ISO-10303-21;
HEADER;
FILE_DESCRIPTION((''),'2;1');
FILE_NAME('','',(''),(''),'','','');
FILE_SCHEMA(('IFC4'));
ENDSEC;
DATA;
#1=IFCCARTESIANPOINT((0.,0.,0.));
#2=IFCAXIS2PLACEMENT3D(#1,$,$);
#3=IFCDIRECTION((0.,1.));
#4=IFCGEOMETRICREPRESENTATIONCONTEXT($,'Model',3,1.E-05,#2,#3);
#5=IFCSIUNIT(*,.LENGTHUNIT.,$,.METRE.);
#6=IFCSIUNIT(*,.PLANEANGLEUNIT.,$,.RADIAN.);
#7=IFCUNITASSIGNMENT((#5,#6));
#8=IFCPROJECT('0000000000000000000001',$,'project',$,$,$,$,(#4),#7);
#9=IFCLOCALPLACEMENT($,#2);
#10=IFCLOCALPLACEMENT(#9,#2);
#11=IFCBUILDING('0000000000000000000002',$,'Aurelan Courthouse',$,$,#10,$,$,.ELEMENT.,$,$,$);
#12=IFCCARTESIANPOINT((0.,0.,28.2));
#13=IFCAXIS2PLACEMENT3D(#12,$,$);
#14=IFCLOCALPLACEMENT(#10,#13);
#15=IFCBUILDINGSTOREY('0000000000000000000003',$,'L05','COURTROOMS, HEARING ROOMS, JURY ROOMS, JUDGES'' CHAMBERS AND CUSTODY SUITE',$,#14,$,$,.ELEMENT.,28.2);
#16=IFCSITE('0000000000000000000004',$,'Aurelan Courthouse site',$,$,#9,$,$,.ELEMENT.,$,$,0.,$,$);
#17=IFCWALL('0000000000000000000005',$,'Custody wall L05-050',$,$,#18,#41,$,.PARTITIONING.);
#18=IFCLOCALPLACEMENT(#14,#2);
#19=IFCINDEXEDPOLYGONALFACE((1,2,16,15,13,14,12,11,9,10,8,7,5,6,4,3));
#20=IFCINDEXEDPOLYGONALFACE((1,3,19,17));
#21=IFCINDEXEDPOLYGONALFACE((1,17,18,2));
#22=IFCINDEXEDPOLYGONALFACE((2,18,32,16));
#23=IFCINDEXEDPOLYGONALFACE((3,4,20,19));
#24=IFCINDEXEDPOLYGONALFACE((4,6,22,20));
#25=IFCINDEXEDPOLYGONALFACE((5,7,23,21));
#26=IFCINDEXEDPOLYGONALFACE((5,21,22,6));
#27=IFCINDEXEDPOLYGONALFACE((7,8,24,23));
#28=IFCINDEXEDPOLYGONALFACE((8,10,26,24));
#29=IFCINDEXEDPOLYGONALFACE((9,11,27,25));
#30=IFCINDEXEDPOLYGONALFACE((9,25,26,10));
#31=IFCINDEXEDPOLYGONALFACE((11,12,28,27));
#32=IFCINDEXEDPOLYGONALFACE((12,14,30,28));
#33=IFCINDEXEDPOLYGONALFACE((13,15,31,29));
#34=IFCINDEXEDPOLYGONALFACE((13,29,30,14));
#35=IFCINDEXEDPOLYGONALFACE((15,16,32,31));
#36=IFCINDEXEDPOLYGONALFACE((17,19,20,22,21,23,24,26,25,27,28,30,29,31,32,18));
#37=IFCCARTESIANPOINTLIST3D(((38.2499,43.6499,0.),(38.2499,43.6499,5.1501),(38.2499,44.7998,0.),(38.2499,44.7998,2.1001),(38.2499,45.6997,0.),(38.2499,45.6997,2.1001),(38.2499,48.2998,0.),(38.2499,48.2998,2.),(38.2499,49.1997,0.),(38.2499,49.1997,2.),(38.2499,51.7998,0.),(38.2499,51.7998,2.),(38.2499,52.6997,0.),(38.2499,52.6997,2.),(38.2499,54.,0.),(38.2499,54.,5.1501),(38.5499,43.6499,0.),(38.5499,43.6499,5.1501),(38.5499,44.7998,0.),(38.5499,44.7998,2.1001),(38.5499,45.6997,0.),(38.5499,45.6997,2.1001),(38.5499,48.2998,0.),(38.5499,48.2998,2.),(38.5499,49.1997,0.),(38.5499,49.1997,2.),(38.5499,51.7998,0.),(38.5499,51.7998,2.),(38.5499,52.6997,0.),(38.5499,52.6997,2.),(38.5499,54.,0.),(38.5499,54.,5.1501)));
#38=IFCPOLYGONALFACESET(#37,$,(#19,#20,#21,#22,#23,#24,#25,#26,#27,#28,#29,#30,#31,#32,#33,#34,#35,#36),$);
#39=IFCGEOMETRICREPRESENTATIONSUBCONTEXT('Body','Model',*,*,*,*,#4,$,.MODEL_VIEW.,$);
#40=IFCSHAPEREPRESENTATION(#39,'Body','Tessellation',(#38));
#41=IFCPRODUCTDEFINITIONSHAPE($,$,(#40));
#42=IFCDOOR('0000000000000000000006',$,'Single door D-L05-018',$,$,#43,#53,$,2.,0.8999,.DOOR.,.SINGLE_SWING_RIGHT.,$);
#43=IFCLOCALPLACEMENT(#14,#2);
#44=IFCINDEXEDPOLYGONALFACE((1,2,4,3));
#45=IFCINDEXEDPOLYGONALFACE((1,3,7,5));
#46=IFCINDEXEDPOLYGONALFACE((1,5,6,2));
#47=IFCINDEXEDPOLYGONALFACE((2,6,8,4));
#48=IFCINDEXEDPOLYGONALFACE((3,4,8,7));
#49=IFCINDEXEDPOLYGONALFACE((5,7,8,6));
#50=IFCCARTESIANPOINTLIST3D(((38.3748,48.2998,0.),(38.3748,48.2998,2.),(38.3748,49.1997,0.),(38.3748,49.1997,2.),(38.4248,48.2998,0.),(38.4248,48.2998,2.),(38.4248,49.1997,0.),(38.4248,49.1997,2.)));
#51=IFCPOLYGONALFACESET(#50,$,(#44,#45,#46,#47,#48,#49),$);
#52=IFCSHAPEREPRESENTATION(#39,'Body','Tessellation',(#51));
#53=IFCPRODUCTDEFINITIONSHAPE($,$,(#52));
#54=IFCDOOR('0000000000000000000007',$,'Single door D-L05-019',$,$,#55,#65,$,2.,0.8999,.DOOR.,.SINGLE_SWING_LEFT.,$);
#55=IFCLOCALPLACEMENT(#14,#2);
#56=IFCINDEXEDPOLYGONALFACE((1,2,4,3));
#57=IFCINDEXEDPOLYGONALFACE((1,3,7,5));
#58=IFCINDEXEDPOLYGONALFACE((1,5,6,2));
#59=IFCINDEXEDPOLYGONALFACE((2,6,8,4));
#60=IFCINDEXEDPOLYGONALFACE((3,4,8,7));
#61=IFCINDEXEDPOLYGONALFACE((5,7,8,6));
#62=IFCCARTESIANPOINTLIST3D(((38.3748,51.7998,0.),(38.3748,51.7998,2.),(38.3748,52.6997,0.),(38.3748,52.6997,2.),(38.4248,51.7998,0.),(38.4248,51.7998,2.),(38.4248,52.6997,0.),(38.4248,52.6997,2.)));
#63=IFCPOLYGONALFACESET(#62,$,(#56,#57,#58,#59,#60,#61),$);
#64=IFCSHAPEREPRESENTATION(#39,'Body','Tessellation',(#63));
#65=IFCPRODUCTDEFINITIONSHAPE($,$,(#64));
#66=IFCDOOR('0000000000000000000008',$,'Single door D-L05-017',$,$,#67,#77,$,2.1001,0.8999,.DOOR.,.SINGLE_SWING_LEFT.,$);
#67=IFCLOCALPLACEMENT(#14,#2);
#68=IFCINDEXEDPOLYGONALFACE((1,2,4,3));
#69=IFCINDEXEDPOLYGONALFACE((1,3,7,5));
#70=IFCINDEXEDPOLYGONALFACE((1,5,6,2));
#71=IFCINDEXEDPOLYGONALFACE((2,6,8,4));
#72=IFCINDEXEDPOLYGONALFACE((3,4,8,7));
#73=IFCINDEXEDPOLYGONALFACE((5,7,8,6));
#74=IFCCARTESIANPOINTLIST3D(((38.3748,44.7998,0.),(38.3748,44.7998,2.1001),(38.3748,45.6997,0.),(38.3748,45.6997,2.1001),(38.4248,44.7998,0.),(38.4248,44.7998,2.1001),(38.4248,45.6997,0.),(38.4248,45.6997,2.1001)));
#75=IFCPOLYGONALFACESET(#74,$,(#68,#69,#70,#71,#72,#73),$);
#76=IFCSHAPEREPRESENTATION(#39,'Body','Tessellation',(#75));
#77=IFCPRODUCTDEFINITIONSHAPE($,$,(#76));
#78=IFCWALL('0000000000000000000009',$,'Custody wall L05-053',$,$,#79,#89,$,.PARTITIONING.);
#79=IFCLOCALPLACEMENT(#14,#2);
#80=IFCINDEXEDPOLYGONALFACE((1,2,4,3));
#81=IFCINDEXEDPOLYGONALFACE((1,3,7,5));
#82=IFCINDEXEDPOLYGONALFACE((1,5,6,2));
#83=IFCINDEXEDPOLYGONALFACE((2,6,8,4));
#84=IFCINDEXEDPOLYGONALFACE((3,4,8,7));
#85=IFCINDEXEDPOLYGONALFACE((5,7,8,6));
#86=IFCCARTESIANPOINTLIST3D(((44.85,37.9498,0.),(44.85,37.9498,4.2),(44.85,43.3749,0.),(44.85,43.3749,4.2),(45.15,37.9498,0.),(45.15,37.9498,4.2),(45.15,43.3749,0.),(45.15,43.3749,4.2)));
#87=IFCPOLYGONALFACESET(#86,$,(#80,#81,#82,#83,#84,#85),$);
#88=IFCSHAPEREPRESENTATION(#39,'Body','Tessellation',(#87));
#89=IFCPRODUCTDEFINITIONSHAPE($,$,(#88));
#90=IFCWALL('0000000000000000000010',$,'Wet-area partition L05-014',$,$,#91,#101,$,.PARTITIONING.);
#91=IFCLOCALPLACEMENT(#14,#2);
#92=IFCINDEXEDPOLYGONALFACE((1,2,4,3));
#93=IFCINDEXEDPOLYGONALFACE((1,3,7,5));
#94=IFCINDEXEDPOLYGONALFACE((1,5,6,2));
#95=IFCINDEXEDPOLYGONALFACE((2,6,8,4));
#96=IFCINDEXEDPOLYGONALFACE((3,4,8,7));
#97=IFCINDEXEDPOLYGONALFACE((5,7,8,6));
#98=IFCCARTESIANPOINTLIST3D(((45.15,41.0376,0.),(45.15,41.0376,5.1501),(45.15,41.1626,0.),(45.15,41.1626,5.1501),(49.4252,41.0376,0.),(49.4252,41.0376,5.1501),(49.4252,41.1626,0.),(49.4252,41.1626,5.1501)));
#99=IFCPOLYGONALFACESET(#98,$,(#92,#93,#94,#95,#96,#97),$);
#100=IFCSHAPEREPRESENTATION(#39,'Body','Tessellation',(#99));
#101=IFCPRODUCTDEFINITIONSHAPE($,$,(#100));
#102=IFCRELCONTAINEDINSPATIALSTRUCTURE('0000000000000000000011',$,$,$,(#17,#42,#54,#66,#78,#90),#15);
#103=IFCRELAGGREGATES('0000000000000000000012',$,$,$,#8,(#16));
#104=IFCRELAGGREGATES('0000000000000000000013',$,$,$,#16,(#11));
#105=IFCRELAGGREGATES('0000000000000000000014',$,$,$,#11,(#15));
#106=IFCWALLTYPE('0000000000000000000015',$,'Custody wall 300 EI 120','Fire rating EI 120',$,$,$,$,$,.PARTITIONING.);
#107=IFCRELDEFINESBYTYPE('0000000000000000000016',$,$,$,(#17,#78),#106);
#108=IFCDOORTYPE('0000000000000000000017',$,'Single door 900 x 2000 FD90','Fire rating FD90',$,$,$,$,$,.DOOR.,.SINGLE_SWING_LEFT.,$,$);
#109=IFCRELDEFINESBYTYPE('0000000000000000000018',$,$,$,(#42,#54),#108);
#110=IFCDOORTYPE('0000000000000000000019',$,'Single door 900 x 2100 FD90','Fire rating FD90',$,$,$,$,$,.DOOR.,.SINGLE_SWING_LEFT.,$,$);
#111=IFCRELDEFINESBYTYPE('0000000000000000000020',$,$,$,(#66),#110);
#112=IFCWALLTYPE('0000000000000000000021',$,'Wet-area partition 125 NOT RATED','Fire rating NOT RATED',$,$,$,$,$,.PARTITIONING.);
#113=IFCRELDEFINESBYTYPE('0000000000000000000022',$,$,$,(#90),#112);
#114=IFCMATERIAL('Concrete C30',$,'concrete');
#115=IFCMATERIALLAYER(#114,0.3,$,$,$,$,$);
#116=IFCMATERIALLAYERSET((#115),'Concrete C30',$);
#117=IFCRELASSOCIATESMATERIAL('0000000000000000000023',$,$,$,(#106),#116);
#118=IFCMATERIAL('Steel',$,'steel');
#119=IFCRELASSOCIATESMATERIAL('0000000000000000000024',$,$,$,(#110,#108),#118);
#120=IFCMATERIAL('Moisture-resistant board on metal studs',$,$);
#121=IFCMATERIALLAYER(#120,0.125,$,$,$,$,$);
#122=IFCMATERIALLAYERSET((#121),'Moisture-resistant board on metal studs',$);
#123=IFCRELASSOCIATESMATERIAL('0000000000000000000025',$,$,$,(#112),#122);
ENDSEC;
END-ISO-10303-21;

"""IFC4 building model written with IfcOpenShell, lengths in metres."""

from ifc_helpers import new_model, si_unit, direction, frame, frame_2d, origin, place, context, subcontext, project, spatial, rectangle, extrude, material, layer, layer_set, type_object, element, fill, save


model = new_model("IFC4")

# Units and contexts
model_context = context("Model", 3, precision=1e-05, world=origin(), true_north=direction((0.0, 1.0)))
body_context = subcontext(model_context, "Body", "Model", "MODEL_VIEW")
ifc_project = project(units=[si_unit("LENGTHUNIT", "METRE"), si_unit("PLANEANGLEUNIT", "RADIAN")], contexts=[model_context])

# Site, building, storey
site_placement = place(None, origin())
site = spatial("IfcSite", under=ifc_project, at=site_placement, Name="Aurelan Courthouse site", CompositionType="ELEMENT", RefElevation=0.0)
building_placement = place(site_placement, origin())
building = spatial("IfcBuilding", under=site, at=building_placement, Name="Aurelan Courthouse", CompositionType="ELEMENT")
storey_placement = place(building_placement, frame((0.0, 0.0, 28.2)))
storey = spatial("IfcBuildingStorey", under=building, at=storey_placement, Name="L05", Description="COURTROOMS, HEARING ROOMS, JURY ROOMS, JUDGES' CHAMBERS AND CUSTODY SUITE", CompositionType="ELEMENT", Elevation=28.2)

# Shared definitions
ifc_material_1 = material(Name="Steel", Category="steel")

# Shared definitions
ifc_material_2 = material(Name="Concrete C30", Category="concrete")

# Shared definitions
ifc_layer_1 = layer(ifc_material_2, 0.3)
ifc_layer_set_1 = layer_set([ifc_layer_1], Name="Concrete C30")
wall_type_1 = type_object("IfcWallType", Name="Custody wall 300 EI 120", Description="Fire rating EI 120", PredefinedType="PARTITIONING", material=ifc_layer_set_1)
door_type_1 = type_object("IfcDoorType", Name="Single door 900 x 2100 FD90", Description="Fire rating FD90", OperationType="SINGLE_SWING_LEFT", PredefinedType="DOOR", material=ifc_material_1)

# Wall, openings, doors
wall_1_placement = place(storey_placement, frame((38.3999, 43.6499, 0.0), z_axis=(0.0, 0.0, 1.0), x_axis=(0.0, 1.0, 0.0)))
wall_1 = element("IfcWall", 1, at=wall_1_placement, inside=storey, type_object=wall_type_1, Name="Custody wall L05-050", PredefinedType="PARTITIONING", context=body_context, shape_type="SweptSolid", body=[
    extrude(rectangle(XDim=10.3501, YDim=0.3, at=frame_2d((5.175, 0.0))), origin(), (0.0, 0.0, 1.0), 5.1501),
])
opening_1_placement = place(wall_1_placement, frame((2.0498, 0.0, 0.0), z_axis=(0.0, 0.0, 1.0), x_axis=(-1.0, 0.0, 0.0)))
opening_1 = element("IfcOpeningElement", 2, at=opening_1_placement, cuts=wall_1, PredefinedType="OPENING", context=body_context, shape_type="SweptSolid", body=[
    extrude(rectangle(XDim=0.8999, YDim=2.1001, at=frame_2d((0.45, 1.05))), frame((0.0, 0.1599, 0.0), z_axis=(0.0, -1.0, 0.0), x_axis=(1.0, 0.0, 0.0)), (0.0, 0.0, 1.0), 0.3201),
])
opening_2_placement = place(wall_1_placement, frame((5.5498, 0.0, 0.0), z_axis=(0.0, 0.0, 1.0), x_axis=(-1.0, 0.0, 0.0)))
opening_2 = element("IfcOpeningElement", 3, at=opening_2_placement, cuts=wall_1, PredefinedType="OPENING", context=body_context, shape_type="SweptSolid", body=[
    extrude(rectangle(XDim=0.8999, YDim=2.0, at=frame_2d((0.45, 1.0))), frame((0.0, 0.1599, 0.0), z_axis=(0.0, -1.0, 0.0), x_axis=(1.0, 0.0, 0.0)), (0.0, 0.0, 1.0), 0.3201),
])
opening_3_placement = place(wall_1_placement, frame((9.0498, 0.0, 0.0), z_axis=(0.0, 0.0, 1.0), x_axis=(-1.0, 0.0, 0.0)))
opening_3 = element("IfcOpeningElement", 4, at=opening_3_placement, cuts=wall_1, PredefinedType="OPENING", context=body_context, shape_type="SweptSolid", body=[
    extrude(rectangle(XDim=0.8999, YDim=2.0, at=frame_2d((0.45, 1.0))), frame((0.0, 0.1599, 0.0), z_axis=(0.0, -1.0, 0.0), x_axis=(1.0, 0.0, 0.0)), (0.0, 0.0, 1.0), 0.3201),
])
door_type_2 = type_object("IfcDoorType", Name="Single door 900 x 2000 FD90", Description="Fire rating FD90", OperationType="SINGLE_SWING_LEFT", PredefinedType="DOOR", material=ifc_material_1)
door_1_placement = place(opening_2_placement, origin())
door_1 = element("IfcDoor", 5, at=door_1_placement, inside=storey, type_object=door_type_2, Name="Single door D-L05-018", OperationType="SINGLE_SWING_RIGHT", OverallHeight=2.0, OverallWidth=0.8999, PredefinedType="DOOR", context=body_context, shape_type="SweptSolid", body=[
    extrude(rectangle(XDim=0.8999, YDim=2.0, at=frame_2d((0.45, 1.0))), frame((0.0, 0.0249, 0.0), z_axis=(0.0, -1.0, 0.0), x_axis=(1.0, 0.0, 0.0)), (0.0, 0.0, 1.0), 0.05),
])
fill(opening_2, door_1)
door_2_placement = place(opening_3_placement, origin())
door_2 = element("IfcDoor", 6, at=door_2_placement, inside=storey, type_object=door_type_2, Name="Single door D-L05-019", OperationType="SINGLE_SWING_LEFT", OverallHeight=2.0, OverallWidth=0.8999, PredefinedType="DOOR", context=body_context, shape_type="SweptSolid", body=[
    extrude(rectangle(XDim=0.8999, YDim=2.0, at=frame_2d((0.45, 1.0))), frame((0.0, 0.0249, 0.0), z_axis=(0.0, -1.0, 0.0), x_axis=(1.0, 0.0, 0.0)), (0.0, 0.0, 1.0), 0.05),
])
fill(opening_3, door_2)
door_3_placement = place(opening_1_placement, origin())
door_3 = element("IfcDoor", 7, at=door_3_placement, inside=storey, type_object=door_type_1, Name="Single door D-L05-017", OperationType="SINGLE_SWING_LEFT", OverallHeight=2.1001, OverallWidth=0.8999, PredefinedType="DOOR", context=body_context, shape_type="SweptSolid", body=[
    extrude(rectangle(XDim=0.8999, YDim=2.1001, at=frame_2d((0.45, 1.05))), frame((0.0, 0.0249, 0.0), z_axis=(0.0, -1.0, 0.0), x_axis=(1.0, 0.0, 0.0)), (0.0, 0.0, 1.0), 0.05),
])
fill(opening_1, door_3)

# Walls
wall_2_placement = place(storey_placement, frame((45.0, 37.95, 0.0), z_axis=(0.0, 0.0, 1.0), x_axis=(0.0, 1.0, 0.0)))
element("IfcWall", 8, at=wall_2_placement, inside=storey, type_object=wall_type_1, Name="Custody wall L05-053", PredefinedType="PARTITIONING", context=body_context, shape_type="SweptSolid", body=[
    extrude(rectangle(XDim=5.425, YDim=0.3, at=frame_2d((2.7124, 0.0))), origin(), (0.0, 0.0, 1.0), 4.2),
])
ifc_material_3 = material(Name="Moisture-resistant board on metal studs")
ifc_layer_2 = layer(ifc_material_3, 0.125)
ifc_layer_set_2 = layer_set([ifc_layer_2], Name="Moisture-resistant board on metal studs")
wall_type_2 = type_object("IfcWallType", Name="Wet-area partition 125 NOT RATED", Description="Fire rating NOT RATED", PredefinedType="PARTITIONING", material=ifc_layer_set_2)
wall_3_placement = place(storey_placement, frame((45.1499, 41.1001, 0.0), z_axis=(0.0, 0.0, 1.0), x_axis=(1.0, 0.0, 0.0)))
element("IfcWall", 9, at=wall_3_placement, inside=storey, type_object=wall_type_2, Name="Wet-area partition L05-014", PredefinedType="PARTITIONING", context=body_context, shape_type="SweptSolid", body=[
    extrude(rectangle(XDim=4.2751, YDim=0.125, at=frame_2d((2.1377, 0.0))), origin(), (0.0, 0.0, 1.0), 5.1501),
])

save(model, "model.ifc")
